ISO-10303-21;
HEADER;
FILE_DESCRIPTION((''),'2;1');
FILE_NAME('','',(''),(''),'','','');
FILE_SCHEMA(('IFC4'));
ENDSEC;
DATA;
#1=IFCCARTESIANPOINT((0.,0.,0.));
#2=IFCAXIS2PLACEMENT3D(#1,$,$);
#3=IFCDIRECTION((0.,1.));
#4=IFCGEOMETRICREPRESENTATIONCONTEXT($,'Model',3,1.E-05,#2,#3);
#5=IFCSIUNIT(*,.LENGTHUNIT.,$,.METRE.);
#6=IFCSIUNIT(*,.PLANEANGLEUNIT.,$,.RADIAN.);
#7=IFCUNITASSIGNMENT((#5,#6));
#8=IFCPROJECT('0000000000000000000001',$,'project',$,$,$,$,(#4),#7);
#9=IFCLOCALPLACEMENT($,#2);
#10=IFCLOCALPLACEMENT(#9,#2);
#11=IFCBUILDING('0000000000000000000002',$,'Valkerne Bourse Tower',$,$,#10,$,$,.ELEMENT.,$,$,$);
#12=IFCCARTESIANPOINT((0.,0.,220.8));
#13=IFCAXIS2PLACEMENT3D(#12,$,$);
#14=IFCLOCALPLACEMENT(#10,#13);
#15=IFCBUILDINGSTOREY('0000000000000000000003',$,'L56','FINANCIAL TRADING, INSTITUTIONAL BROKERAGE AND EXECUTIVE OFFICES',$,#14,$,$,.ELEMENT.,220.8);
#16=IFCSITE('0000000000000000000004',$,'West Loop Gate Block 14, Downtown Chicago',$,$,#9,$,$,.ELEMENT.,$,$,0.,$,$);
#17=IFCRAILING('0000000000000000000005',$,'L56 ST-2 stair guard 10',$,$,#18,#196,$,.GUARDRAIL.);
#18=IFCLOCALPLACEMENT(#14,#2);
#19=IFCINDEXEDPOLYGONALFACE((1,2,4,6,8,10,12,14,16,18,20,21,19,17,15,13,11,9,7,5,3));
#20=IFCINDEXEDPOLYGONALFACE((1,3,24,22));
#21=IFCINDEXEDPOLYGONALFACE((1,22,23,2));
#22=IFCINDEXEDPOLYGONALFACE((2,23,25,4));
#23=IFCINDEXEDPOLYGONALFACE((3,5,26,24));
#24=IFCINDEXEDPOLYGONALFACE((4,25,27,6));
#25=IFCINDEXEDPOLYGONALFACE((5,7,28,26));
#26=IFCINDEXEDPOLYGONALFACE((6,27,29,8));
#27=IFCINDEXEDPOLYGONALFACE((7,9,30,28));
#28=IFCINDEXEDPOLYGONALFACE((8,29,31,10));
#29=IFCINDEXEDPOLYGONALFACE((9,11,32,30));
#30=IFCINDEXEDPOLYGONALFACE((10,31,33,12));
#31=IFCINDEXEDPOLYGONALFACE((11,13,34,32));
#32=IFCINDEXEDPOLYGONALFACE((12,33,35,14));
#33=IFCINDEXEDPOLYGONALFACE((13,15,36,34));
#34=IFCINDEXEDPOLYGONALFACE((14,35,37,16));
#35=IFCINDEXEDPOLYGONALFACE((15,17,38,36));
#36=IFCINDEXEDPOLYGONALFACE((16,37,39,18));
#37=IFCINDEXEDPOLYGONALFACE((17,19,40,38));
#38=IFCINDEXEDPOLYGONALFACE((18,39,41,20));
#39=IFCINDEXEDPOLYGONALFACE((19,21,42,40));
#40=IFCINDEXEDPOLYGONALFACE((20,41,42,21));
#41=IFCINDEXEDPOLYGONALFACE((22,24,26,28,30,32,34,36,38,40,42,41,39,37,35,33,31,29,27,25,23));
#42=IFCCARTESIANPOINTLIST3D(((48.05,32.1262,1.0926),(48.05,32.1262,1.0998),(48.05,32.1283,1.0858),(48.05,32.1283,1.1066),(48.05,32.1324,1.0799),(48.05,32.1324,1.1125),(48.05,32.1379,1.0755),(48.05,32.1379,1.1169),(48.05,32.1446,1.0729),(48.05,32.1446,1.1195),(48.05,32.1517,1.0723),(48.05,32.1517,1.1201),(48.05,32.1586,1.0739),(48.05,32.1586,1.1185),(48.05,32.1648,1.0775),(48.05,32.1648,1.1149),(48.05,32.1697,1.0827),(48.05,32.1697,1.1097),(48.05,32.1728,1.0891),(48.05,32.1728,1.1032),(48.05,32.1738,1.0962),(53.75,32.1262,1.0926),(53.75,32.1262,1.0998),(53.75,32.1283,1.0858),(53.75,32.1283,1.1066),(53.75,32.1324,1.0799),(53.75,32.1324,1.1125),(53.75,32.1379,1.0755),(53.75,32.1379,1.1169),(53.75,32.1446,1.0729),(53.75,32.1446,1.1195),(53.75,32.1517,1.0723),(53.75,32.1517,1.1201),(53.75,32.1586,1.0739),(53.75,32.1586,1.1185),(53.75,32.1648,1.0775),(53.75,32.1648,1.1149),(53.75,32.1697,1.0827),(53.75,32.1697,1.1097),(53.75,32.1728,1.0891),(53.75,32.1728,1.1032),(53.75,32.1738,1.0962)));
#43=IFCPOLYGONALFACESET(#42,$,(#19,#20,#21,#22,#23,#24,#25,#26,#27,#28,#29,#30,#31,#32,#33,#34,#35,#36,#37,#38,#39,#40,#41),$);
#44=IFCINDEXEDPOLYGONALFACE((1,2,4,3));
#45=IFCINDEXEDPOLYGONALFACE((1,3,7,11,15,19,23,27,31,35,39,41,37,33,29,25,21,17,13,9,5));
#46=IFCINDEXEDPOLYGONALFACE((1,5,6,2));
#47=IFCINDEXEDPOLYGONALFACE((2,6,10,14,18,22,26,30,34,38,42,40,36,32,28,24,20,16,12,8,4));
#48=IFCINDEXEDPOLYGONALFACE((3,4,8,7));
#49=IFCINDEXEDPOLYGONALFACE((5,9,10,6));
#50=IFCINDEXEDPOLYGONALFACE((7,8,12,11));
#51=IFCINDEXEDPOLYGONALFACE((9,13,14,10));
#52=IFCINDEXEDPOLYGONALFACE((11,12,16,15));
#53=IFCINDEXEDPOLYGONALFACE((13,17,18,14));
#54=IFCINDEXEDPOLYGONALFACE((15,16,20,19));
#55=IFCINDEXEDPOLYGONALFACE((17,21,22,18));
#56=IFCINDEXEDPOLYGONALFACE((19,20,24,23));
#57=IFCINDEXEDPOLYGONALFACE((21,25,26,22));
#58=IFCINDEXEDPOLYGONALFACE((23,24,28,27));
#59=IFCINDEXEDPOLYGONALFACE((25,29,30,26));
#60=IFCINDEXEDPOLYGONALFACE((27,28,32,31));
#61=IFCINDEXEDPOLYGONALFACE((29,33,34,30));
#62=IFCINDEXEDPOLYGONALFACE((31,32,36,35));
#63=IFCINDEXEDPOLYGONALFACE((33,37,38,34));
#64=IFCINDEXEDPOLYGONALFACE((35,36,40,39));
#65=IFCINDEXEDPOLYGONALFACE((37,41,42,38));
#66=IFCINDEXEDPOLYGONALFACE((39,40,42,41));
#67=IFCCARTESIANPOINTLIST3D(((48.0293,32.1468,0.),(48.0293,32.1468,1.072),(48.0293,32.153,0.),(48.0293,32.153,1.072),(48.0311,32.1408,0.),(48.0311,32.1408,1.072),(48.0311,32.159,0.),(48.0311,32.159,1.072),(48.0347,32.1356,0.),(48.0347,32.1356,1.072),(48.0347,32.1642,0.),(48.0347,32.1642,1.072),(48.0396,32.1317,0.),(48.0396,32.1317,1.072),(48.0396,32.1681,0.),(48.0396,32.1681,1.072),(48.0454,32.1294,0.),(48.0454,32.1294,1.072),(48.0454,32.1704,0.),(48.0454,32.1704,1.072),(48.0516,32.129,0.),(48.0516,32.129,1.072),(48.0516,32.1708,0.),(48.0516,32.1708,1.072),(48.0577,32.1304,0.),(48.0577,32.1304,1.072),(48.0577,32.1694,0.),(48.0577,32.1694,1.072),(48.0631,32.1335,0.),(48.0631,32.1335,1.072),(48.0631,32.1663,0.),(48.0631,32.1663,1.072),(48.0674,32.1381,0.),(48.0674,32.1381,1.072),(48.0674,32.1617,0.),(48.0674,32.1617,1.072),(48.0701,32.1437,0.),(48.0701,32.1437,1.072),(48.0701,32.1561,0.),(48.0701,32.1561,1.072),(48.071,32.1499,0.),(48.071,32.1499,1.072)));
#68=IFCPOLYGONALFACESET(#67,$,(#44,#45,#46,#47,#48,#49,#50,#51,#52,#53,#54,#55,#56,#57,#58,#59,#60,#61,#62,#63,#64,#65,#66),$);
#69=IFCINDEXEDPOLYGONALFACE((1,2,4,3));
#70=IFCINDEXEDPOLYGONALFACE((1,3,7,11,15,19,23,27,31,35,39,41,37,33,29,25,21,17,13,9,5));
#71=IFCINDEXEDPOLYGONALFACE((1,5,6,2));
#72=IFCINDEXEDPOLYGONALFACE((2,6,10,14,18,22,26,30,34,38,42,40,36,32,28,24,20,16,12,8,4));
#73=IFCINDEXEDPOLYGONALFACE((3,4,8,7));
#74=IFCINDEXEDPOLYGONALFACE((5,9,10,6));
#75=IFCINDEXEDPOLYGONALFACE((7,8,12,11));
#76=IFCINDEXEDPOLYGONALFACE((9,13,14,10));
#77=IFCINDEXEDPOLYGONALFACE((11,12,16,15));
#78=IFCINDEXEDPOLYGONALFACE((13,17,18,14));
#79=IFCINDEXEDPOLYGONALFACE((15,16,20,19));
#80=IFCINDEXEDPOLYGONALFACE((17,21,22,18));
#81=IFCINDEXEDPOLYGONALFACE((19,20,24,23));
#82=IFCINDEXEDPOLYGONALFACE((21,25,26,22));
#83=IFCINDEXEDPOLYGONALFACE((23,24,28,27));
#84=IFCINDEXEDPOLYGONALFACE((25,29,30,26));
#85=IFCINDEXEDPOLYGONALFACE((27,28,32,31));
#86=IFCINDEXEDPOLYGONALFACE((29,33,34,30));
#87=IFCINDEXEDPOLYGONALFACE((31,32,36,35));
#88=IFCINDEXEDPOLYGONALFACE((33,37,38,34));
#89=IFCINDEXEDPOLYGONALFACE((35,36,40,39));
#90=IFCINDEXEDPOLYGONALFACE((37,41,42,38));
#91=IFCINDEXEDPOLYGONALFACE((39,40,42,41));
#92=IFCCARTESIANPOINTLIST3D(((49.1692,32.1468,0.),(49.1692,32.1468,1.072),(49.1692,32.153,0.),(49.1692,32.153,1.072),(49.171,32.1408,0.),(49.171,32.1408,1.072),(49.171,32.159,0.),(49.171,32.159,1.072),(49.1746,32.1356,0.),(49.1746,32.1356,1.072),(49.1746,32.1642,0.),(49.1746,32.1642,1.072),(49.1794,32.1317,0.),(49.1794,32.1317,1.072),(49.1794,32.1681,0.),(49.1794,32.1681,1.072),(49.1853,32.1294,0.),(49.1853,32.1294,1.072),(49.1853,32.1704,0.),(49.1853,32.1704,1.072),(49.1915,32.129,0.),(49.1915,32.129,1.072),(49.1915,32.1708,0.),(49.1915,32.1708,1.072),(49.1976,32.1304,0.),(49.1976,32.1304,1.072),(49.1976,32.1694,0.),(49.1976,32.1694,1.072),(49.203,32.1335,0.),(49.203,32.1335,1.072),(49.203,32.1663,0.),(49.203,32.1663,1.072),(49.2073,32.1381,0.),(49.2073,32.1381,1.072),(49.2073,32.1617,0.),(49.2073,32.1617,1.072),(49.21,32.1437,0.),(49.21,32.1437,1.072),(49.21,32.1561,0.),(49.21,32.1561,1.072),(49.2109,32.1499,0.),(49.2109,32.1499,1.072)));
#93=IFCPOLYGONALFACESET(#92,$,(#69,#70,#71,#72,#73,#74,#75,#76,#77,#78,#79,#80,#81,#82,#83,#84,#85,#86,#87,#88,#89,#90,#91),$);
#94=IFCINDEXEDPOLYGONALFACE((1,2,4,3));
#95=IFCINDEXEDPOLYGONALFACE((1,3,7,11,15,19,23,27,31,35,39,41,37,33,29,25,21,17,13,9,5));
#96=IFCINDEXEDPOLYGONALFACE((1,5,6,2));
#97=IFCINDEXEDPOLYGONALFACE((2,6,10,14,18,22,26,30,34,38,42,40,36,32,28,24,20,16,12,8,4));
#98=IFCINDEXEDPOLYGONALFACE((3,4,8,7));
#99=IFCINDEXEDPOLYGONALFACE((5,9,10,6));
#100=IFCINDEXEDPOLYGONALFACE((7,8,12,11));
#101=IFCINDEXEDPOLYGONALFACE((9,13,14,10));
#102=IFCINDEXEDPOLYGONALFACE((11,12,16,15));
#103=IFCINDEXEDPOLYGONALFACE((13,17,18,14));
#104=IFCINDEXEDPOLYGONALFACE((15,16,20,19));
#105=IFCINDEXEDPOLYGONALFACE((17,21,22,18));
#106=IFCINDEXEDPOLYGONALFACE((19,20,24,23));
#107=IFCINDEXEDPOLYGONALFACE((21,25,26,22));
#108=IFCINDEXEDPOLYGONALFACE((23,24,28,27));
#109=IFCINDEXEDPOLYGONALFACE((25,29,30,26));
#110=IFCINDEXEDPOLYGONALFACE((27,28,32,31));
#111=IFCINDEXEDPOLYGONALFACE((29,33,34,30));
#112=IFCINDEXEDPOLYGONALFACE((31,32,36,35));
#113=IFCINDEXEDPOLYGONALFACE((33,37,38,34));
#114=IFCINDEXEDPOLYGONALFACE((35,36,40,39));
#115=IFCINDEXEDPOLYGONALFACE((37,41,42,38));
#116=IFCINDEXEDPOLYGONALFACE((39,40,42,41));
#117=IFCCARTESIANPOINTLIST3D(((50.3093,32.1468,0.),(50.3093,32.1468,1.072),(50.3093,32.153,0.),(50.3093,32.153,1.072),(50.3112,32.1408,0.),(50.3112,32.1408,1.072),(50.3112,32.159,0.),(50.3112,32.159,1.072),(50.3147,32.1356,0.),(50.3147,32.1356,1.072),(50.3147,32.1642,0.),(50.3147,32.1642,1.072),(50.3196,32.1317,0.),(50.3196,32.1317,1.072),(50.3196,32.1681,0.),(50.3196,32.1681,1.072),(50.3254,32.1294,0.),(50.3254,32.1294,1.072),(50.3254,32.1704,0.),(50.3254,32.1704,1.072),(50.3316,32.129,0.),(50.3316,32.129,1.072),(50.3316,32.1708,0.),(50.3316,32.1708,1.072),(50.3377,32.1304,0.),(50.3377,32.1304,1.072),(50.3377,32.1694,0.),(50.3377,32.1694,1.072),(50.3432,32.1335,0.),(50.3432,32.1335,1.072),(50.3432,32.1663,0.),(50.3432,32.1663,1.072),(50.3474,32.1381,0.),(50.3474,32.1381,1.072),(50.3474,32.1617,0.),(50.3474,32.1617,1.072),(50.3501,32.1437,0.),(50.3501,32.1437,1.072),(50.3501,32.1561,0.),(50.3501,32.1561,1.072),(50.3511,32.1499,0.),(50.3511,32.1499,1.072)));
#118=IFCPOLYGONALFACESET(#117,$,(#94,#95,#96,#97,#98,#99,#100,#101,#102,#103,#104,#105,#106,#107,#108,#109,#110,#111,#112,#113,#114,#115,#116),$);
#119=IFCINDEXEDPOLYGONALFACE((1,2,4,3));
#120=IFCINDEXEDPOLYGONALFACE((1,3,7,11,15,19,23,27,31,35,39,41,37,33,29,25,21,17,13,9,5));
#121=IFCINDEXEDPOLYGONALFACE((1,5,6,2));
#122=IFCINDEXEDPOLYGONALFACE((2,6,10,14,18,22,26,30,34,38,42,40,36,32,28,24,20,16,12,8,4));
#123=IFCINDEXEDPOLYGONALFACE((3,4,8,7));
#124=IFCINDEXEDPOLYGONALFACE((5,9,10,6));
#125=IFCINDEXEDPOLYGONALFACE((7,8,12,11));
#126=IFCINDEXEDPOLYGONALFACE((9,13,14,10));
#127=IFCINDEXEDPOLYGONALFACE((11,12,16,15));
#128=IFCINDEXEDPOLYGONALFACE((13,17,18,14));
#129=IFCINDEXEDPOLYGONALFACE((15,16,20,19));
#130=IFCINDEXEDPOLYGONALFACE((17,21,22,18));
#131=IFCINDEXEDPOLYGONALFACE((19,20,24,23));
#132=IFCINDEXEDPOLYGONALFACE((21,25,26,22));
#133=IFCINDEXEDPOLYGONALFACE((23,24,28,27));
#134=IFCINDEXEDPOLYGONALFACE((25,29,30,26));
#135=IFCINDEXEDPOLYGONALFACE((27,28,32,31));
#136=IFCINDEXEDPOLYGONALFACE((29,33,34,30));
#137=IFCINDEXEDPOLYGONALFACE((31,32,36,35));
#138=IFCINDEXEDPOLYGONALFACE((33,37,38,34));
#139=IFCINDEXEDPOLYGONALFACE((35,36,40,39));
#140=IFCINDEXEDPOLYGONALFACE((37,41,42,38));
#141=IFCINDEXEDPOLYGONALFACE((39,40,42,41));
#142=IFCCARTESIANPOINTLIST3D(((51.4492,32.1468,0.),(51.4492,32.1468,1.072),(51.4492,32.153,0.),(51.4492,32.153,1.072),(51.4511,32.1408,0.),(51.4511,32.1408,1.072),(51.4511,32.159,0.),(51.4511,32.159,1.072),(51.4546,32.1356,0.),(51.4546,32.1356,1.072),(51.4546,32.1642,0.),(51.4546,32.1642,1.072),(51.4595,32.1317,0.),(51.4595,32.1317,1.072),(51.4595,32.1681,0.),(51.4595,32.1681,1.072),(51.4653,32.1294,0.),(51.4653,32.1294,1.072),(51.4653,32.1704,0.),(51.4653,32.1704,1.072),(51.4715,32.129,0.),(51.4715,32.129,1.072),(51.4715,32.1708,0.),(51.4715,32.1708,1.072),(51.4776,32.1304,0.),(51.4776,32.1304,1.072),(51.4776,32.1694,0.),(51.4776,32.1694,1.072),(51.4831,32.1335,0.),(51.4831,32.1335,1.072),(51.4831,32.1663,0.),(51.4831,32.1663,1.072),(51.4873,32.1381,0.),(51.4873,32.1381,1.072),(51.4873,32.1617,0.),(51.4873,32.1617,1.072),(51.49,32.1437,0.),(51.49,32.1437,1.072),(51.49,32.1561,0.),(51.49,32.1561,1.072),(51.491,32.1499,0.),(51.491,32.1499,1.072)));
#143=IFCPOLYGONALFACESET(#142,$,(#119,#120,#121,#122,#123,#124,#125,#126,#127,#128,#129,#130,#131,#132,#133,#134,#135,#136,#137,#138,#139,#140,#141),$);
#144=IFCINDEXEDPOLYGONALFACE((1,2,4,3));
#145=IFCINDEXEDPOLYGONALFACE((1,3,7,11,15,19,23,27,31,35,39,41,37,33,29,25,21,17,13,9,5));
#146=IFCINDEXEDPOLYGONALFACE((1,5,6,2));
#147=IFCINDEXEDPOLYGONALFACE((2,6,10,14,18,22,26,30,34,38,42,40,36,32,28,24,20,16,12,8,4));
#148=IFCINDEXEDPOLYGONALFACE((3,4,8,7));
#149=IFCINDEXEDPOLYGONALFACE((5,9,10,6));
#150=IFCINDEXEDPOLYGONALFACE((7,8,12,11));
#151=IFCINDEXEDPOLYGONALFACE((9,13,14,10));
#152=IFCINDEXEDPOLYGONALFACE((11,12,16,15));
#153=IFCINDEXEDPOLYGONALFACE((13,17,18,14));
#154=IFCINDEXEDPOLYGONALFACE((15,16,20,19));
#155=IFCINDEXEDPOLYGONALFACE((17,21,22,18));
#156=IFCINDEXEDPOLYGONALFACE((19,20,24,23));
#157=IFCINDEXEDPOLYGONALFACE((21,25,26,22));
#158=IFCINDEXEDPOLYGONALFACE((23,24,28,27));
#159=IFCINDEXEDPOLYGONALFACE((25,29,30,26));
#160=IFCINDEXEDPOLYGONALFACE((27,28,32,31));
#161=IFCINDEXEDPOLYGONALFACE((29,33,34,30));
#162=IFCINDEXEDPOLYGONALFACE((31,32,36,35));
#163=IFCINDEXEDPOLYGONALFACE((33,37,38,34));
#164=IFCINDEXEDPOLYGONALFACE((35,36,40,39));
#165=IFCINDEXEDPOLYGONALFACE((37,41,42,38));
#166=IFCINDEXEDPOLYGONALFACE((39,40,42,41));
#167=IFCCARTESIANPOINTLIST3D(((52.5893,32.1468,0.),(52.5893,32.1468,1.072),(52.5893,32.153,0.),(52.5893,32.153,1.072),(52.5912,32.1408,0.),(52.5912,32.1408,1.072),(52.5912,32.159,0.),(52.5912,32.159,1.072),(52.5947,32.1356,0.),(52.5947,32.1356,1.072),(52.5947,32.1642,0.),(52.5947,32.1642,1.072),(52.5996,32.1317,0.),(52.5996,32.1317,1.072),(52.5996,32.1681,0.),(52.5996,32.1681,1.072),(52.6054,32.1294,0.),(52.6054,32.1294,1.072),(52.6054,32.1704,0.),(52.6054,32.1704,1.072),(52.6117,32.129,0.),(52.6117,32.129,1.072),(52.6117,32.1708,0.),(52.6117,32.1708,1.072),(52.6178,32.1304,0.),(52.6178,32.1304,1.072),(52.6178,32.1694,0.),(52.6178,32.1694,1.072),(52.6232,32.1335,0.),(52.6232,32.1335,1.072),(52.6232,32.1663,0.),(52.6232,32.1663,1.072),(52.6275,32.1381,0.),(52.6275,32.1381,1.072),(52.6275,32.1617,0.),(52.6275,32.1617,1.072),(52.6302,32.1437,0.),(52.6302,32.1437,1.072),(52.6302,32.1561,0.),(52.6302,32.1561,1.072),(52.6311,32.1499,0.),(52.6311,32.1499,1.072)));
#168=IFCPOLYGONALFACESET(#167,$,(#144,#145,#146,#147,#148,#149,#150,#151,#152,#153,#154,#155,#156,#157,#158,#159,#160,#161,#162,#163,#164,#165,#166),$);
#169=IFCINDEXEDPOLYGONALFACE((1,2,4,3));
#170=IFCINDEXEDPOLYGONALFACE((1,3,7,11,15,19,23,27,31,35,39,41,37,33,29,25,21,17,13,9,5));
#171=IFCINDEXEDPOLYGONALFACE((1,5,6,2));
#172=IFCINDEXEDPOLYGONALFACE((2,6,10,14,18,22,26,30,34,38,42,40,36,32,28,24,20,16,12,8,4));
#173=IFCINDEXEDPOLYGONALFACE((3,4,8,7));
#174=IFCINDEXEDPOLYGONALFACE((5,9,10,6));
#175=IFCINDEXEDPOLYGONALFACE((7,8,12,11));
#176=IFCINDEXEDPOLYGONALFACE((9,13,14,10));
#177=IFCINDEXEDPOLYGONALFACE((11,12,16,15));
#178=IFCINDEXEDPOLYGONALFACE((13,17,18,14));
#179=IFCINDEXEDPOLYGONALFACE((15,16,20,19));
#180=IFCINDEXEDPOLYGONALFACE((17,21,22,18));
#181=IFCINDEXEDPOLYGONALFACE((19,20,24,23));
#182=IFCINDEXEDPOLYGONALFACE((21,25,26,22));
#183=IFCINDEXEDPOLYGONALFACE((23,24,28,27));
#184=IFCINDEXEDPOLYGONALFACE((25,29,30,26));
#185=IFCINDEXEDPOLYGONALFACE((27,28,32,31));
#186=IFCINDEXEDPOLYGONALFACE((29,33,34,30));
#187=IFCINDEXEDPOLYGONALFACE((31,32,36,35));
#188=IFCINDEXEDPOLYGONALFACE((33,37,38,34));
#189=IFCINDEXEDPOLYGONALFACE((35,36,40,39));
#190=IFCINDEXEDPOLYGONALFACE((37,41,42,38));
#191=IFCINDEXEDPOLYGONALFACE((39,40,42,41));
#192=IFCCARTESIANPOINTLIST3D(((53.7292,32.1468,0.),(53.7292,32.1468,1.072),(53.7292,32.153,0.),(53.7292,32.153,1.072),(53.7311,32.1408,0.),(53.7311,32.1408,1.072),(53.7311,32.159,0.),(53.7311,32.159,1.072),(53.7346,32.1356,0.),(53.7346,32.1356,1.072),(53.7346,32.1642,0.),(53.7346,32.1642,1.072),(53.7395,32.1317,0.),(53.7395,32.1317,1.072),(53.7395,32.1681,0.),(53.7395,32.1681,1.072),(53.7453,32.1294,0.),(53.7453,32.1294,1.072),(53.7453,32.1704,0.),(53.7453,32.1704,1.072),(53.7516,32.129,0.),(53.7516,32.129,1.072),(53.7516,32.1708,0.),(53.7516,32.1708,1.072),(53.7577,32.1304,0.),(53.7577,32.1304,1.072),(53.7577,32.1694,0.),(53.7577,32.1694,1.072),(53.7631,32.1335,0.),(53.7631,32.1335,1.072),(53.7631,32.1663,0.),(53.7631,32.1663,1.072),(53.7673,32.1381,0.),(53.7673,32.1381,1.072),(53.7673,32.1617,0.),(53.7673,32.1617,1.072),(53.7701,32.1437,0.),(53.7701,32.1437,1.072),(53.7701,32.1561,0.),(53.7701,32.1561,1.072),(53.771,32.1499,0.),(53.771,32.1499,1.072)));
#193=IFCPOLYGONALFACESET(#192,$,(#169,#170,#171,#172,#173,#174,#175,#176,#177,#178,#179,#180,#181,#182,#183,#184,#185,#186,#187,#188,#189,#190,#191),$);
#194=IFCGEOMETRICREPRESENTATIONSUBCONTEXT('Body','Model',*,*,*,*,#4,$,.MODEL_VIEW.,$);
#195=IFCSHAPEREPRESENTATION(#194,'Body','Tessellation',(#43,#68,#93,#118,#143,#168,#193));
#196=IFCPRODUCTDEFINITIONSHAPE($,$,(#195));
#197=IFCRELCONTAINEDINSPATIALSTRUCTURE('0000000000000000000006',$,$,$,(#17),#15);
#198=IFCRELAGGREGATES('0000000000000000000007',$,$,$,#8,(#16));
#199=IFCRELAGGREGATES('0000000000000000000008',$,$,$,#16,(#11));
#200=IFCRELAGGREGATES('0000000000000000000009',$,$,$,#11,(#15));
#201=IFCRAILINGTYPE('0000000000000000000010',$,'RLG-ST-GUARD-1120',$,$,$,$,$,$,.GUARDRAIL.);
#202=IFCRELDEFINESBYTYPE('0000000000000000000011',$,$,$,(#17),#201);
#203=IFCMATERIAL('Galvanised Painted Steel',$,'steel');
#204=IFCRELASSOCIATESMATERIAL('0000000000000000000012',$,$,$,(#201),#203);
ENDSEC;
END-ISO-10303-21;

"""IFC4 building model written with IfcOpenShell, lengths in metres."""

from ifc_helpers import new_model, si_unit, direction, frame, origin, origin_2d, place, context, subcontext, project, spatial, circle, extrude, material, type_object, element, save


model = new_model("IFC4")

# Units and contexts
model_context = context("Model", 3, precision=1e-05, world=origin(), true_north=direction((0.0, 1.0)))
body_context = subcontext(model_context, "Body", "Model", "MODEL_VIEW")
ifc_project = project(units=[si_unit("LENGTHUNIT", "METRE"), si_unit("PLANEANGLEUNIT", "RADIAN")], contexts=[model_context])

# Site, building, storey
site_placement = place(None, origin())
site = spatial("IfcSite", under=ifc_project, at=site_placement, Name="West Loop Gate Block 14, Downtown Chicago", CompositionType="ELEMENT", RefElevation=0.0)
building_placement = place(site_placement, origin())
building = spatial("IfcBuilding", under=site, at=building_placement, Name="Valkerne Bourse Tower", CompositionType="ELEMENT")
storey_placement = place(building_placement, frame((0.0, 0.0, 220.8)))
storey = spatial("IfcBuildingStorey", under=building, at=storey_placement, Name="L56", Description="FINANCIAL TRADING, INSTITUTIONAL BROKERAGE AND EXECUTIVE OFFICES", CompositionType="ELEMENT", Elevation=220.8)

# Shared definitions
ifc_material_1 = material(Name="Galvanised Painted Steel", Category="steel")

# Railing
railing_type_1 = type_object("IfcRailingType", Name="RLG-ST-GUARD-1120", PredefinedType="GUARDRAIL", material=ifc_material_1)
for number, where, name in (
    (1, (48.05, 32.1499, 0.0), "L56 ST-2 stair guard 10"),
):
    element("IfcRailing", number, at=place(storey_placement, frame(where)), inside=storey, type_object=railing_type_1, Name=name, PredefinedType="GUARDRAIL", context=body_context, shape_type="SweptSolid", body=[
        extrude(circle(Radius=0.0239, at=origin_2d()), frame((0.0, 0.0, 1.0962), z_axis=(1.0, 0.0, 0.0), x_axis=(0.0, 1.0, 0.0)), (0.0, 0.0, 1.0), 5.7),
        extrude(circle(Radius=0.021, at=origin_2d()), origin(), (0.0, 0.0, 1.0), 1.072),
        extrude(circle(Radius=0.021, at=origin_2d()), frame((1.1399, 0.0, 0.0)), (0.0, 0.0, 1.0), 1.072),
        extrude(circle(Radius=0.021, at=origin_2d()), frame((2.28, 0.0, 0.0)), (0.0, 0.0, 1.0), 1.072),
        extrude(circle(Radius=0.021, at=origin_2d()), frame((3.4199, 0.0, 0.0)), (0.0, 0.0, 1.0), 1.072),
        extrude(circle(Radius=0.021, at=origin_2d()), frame((4.5601, 0.0, 0.0)), (0.0, 0.0, 1.0), 1.072),
        extrude(circle(Radius=0.021, at=origin_2d()), frame((5.7, 0.0, 0.0)), (0.0, 0.0, 1.0), 1.072),
    ])

save(model, "model.ifc")
